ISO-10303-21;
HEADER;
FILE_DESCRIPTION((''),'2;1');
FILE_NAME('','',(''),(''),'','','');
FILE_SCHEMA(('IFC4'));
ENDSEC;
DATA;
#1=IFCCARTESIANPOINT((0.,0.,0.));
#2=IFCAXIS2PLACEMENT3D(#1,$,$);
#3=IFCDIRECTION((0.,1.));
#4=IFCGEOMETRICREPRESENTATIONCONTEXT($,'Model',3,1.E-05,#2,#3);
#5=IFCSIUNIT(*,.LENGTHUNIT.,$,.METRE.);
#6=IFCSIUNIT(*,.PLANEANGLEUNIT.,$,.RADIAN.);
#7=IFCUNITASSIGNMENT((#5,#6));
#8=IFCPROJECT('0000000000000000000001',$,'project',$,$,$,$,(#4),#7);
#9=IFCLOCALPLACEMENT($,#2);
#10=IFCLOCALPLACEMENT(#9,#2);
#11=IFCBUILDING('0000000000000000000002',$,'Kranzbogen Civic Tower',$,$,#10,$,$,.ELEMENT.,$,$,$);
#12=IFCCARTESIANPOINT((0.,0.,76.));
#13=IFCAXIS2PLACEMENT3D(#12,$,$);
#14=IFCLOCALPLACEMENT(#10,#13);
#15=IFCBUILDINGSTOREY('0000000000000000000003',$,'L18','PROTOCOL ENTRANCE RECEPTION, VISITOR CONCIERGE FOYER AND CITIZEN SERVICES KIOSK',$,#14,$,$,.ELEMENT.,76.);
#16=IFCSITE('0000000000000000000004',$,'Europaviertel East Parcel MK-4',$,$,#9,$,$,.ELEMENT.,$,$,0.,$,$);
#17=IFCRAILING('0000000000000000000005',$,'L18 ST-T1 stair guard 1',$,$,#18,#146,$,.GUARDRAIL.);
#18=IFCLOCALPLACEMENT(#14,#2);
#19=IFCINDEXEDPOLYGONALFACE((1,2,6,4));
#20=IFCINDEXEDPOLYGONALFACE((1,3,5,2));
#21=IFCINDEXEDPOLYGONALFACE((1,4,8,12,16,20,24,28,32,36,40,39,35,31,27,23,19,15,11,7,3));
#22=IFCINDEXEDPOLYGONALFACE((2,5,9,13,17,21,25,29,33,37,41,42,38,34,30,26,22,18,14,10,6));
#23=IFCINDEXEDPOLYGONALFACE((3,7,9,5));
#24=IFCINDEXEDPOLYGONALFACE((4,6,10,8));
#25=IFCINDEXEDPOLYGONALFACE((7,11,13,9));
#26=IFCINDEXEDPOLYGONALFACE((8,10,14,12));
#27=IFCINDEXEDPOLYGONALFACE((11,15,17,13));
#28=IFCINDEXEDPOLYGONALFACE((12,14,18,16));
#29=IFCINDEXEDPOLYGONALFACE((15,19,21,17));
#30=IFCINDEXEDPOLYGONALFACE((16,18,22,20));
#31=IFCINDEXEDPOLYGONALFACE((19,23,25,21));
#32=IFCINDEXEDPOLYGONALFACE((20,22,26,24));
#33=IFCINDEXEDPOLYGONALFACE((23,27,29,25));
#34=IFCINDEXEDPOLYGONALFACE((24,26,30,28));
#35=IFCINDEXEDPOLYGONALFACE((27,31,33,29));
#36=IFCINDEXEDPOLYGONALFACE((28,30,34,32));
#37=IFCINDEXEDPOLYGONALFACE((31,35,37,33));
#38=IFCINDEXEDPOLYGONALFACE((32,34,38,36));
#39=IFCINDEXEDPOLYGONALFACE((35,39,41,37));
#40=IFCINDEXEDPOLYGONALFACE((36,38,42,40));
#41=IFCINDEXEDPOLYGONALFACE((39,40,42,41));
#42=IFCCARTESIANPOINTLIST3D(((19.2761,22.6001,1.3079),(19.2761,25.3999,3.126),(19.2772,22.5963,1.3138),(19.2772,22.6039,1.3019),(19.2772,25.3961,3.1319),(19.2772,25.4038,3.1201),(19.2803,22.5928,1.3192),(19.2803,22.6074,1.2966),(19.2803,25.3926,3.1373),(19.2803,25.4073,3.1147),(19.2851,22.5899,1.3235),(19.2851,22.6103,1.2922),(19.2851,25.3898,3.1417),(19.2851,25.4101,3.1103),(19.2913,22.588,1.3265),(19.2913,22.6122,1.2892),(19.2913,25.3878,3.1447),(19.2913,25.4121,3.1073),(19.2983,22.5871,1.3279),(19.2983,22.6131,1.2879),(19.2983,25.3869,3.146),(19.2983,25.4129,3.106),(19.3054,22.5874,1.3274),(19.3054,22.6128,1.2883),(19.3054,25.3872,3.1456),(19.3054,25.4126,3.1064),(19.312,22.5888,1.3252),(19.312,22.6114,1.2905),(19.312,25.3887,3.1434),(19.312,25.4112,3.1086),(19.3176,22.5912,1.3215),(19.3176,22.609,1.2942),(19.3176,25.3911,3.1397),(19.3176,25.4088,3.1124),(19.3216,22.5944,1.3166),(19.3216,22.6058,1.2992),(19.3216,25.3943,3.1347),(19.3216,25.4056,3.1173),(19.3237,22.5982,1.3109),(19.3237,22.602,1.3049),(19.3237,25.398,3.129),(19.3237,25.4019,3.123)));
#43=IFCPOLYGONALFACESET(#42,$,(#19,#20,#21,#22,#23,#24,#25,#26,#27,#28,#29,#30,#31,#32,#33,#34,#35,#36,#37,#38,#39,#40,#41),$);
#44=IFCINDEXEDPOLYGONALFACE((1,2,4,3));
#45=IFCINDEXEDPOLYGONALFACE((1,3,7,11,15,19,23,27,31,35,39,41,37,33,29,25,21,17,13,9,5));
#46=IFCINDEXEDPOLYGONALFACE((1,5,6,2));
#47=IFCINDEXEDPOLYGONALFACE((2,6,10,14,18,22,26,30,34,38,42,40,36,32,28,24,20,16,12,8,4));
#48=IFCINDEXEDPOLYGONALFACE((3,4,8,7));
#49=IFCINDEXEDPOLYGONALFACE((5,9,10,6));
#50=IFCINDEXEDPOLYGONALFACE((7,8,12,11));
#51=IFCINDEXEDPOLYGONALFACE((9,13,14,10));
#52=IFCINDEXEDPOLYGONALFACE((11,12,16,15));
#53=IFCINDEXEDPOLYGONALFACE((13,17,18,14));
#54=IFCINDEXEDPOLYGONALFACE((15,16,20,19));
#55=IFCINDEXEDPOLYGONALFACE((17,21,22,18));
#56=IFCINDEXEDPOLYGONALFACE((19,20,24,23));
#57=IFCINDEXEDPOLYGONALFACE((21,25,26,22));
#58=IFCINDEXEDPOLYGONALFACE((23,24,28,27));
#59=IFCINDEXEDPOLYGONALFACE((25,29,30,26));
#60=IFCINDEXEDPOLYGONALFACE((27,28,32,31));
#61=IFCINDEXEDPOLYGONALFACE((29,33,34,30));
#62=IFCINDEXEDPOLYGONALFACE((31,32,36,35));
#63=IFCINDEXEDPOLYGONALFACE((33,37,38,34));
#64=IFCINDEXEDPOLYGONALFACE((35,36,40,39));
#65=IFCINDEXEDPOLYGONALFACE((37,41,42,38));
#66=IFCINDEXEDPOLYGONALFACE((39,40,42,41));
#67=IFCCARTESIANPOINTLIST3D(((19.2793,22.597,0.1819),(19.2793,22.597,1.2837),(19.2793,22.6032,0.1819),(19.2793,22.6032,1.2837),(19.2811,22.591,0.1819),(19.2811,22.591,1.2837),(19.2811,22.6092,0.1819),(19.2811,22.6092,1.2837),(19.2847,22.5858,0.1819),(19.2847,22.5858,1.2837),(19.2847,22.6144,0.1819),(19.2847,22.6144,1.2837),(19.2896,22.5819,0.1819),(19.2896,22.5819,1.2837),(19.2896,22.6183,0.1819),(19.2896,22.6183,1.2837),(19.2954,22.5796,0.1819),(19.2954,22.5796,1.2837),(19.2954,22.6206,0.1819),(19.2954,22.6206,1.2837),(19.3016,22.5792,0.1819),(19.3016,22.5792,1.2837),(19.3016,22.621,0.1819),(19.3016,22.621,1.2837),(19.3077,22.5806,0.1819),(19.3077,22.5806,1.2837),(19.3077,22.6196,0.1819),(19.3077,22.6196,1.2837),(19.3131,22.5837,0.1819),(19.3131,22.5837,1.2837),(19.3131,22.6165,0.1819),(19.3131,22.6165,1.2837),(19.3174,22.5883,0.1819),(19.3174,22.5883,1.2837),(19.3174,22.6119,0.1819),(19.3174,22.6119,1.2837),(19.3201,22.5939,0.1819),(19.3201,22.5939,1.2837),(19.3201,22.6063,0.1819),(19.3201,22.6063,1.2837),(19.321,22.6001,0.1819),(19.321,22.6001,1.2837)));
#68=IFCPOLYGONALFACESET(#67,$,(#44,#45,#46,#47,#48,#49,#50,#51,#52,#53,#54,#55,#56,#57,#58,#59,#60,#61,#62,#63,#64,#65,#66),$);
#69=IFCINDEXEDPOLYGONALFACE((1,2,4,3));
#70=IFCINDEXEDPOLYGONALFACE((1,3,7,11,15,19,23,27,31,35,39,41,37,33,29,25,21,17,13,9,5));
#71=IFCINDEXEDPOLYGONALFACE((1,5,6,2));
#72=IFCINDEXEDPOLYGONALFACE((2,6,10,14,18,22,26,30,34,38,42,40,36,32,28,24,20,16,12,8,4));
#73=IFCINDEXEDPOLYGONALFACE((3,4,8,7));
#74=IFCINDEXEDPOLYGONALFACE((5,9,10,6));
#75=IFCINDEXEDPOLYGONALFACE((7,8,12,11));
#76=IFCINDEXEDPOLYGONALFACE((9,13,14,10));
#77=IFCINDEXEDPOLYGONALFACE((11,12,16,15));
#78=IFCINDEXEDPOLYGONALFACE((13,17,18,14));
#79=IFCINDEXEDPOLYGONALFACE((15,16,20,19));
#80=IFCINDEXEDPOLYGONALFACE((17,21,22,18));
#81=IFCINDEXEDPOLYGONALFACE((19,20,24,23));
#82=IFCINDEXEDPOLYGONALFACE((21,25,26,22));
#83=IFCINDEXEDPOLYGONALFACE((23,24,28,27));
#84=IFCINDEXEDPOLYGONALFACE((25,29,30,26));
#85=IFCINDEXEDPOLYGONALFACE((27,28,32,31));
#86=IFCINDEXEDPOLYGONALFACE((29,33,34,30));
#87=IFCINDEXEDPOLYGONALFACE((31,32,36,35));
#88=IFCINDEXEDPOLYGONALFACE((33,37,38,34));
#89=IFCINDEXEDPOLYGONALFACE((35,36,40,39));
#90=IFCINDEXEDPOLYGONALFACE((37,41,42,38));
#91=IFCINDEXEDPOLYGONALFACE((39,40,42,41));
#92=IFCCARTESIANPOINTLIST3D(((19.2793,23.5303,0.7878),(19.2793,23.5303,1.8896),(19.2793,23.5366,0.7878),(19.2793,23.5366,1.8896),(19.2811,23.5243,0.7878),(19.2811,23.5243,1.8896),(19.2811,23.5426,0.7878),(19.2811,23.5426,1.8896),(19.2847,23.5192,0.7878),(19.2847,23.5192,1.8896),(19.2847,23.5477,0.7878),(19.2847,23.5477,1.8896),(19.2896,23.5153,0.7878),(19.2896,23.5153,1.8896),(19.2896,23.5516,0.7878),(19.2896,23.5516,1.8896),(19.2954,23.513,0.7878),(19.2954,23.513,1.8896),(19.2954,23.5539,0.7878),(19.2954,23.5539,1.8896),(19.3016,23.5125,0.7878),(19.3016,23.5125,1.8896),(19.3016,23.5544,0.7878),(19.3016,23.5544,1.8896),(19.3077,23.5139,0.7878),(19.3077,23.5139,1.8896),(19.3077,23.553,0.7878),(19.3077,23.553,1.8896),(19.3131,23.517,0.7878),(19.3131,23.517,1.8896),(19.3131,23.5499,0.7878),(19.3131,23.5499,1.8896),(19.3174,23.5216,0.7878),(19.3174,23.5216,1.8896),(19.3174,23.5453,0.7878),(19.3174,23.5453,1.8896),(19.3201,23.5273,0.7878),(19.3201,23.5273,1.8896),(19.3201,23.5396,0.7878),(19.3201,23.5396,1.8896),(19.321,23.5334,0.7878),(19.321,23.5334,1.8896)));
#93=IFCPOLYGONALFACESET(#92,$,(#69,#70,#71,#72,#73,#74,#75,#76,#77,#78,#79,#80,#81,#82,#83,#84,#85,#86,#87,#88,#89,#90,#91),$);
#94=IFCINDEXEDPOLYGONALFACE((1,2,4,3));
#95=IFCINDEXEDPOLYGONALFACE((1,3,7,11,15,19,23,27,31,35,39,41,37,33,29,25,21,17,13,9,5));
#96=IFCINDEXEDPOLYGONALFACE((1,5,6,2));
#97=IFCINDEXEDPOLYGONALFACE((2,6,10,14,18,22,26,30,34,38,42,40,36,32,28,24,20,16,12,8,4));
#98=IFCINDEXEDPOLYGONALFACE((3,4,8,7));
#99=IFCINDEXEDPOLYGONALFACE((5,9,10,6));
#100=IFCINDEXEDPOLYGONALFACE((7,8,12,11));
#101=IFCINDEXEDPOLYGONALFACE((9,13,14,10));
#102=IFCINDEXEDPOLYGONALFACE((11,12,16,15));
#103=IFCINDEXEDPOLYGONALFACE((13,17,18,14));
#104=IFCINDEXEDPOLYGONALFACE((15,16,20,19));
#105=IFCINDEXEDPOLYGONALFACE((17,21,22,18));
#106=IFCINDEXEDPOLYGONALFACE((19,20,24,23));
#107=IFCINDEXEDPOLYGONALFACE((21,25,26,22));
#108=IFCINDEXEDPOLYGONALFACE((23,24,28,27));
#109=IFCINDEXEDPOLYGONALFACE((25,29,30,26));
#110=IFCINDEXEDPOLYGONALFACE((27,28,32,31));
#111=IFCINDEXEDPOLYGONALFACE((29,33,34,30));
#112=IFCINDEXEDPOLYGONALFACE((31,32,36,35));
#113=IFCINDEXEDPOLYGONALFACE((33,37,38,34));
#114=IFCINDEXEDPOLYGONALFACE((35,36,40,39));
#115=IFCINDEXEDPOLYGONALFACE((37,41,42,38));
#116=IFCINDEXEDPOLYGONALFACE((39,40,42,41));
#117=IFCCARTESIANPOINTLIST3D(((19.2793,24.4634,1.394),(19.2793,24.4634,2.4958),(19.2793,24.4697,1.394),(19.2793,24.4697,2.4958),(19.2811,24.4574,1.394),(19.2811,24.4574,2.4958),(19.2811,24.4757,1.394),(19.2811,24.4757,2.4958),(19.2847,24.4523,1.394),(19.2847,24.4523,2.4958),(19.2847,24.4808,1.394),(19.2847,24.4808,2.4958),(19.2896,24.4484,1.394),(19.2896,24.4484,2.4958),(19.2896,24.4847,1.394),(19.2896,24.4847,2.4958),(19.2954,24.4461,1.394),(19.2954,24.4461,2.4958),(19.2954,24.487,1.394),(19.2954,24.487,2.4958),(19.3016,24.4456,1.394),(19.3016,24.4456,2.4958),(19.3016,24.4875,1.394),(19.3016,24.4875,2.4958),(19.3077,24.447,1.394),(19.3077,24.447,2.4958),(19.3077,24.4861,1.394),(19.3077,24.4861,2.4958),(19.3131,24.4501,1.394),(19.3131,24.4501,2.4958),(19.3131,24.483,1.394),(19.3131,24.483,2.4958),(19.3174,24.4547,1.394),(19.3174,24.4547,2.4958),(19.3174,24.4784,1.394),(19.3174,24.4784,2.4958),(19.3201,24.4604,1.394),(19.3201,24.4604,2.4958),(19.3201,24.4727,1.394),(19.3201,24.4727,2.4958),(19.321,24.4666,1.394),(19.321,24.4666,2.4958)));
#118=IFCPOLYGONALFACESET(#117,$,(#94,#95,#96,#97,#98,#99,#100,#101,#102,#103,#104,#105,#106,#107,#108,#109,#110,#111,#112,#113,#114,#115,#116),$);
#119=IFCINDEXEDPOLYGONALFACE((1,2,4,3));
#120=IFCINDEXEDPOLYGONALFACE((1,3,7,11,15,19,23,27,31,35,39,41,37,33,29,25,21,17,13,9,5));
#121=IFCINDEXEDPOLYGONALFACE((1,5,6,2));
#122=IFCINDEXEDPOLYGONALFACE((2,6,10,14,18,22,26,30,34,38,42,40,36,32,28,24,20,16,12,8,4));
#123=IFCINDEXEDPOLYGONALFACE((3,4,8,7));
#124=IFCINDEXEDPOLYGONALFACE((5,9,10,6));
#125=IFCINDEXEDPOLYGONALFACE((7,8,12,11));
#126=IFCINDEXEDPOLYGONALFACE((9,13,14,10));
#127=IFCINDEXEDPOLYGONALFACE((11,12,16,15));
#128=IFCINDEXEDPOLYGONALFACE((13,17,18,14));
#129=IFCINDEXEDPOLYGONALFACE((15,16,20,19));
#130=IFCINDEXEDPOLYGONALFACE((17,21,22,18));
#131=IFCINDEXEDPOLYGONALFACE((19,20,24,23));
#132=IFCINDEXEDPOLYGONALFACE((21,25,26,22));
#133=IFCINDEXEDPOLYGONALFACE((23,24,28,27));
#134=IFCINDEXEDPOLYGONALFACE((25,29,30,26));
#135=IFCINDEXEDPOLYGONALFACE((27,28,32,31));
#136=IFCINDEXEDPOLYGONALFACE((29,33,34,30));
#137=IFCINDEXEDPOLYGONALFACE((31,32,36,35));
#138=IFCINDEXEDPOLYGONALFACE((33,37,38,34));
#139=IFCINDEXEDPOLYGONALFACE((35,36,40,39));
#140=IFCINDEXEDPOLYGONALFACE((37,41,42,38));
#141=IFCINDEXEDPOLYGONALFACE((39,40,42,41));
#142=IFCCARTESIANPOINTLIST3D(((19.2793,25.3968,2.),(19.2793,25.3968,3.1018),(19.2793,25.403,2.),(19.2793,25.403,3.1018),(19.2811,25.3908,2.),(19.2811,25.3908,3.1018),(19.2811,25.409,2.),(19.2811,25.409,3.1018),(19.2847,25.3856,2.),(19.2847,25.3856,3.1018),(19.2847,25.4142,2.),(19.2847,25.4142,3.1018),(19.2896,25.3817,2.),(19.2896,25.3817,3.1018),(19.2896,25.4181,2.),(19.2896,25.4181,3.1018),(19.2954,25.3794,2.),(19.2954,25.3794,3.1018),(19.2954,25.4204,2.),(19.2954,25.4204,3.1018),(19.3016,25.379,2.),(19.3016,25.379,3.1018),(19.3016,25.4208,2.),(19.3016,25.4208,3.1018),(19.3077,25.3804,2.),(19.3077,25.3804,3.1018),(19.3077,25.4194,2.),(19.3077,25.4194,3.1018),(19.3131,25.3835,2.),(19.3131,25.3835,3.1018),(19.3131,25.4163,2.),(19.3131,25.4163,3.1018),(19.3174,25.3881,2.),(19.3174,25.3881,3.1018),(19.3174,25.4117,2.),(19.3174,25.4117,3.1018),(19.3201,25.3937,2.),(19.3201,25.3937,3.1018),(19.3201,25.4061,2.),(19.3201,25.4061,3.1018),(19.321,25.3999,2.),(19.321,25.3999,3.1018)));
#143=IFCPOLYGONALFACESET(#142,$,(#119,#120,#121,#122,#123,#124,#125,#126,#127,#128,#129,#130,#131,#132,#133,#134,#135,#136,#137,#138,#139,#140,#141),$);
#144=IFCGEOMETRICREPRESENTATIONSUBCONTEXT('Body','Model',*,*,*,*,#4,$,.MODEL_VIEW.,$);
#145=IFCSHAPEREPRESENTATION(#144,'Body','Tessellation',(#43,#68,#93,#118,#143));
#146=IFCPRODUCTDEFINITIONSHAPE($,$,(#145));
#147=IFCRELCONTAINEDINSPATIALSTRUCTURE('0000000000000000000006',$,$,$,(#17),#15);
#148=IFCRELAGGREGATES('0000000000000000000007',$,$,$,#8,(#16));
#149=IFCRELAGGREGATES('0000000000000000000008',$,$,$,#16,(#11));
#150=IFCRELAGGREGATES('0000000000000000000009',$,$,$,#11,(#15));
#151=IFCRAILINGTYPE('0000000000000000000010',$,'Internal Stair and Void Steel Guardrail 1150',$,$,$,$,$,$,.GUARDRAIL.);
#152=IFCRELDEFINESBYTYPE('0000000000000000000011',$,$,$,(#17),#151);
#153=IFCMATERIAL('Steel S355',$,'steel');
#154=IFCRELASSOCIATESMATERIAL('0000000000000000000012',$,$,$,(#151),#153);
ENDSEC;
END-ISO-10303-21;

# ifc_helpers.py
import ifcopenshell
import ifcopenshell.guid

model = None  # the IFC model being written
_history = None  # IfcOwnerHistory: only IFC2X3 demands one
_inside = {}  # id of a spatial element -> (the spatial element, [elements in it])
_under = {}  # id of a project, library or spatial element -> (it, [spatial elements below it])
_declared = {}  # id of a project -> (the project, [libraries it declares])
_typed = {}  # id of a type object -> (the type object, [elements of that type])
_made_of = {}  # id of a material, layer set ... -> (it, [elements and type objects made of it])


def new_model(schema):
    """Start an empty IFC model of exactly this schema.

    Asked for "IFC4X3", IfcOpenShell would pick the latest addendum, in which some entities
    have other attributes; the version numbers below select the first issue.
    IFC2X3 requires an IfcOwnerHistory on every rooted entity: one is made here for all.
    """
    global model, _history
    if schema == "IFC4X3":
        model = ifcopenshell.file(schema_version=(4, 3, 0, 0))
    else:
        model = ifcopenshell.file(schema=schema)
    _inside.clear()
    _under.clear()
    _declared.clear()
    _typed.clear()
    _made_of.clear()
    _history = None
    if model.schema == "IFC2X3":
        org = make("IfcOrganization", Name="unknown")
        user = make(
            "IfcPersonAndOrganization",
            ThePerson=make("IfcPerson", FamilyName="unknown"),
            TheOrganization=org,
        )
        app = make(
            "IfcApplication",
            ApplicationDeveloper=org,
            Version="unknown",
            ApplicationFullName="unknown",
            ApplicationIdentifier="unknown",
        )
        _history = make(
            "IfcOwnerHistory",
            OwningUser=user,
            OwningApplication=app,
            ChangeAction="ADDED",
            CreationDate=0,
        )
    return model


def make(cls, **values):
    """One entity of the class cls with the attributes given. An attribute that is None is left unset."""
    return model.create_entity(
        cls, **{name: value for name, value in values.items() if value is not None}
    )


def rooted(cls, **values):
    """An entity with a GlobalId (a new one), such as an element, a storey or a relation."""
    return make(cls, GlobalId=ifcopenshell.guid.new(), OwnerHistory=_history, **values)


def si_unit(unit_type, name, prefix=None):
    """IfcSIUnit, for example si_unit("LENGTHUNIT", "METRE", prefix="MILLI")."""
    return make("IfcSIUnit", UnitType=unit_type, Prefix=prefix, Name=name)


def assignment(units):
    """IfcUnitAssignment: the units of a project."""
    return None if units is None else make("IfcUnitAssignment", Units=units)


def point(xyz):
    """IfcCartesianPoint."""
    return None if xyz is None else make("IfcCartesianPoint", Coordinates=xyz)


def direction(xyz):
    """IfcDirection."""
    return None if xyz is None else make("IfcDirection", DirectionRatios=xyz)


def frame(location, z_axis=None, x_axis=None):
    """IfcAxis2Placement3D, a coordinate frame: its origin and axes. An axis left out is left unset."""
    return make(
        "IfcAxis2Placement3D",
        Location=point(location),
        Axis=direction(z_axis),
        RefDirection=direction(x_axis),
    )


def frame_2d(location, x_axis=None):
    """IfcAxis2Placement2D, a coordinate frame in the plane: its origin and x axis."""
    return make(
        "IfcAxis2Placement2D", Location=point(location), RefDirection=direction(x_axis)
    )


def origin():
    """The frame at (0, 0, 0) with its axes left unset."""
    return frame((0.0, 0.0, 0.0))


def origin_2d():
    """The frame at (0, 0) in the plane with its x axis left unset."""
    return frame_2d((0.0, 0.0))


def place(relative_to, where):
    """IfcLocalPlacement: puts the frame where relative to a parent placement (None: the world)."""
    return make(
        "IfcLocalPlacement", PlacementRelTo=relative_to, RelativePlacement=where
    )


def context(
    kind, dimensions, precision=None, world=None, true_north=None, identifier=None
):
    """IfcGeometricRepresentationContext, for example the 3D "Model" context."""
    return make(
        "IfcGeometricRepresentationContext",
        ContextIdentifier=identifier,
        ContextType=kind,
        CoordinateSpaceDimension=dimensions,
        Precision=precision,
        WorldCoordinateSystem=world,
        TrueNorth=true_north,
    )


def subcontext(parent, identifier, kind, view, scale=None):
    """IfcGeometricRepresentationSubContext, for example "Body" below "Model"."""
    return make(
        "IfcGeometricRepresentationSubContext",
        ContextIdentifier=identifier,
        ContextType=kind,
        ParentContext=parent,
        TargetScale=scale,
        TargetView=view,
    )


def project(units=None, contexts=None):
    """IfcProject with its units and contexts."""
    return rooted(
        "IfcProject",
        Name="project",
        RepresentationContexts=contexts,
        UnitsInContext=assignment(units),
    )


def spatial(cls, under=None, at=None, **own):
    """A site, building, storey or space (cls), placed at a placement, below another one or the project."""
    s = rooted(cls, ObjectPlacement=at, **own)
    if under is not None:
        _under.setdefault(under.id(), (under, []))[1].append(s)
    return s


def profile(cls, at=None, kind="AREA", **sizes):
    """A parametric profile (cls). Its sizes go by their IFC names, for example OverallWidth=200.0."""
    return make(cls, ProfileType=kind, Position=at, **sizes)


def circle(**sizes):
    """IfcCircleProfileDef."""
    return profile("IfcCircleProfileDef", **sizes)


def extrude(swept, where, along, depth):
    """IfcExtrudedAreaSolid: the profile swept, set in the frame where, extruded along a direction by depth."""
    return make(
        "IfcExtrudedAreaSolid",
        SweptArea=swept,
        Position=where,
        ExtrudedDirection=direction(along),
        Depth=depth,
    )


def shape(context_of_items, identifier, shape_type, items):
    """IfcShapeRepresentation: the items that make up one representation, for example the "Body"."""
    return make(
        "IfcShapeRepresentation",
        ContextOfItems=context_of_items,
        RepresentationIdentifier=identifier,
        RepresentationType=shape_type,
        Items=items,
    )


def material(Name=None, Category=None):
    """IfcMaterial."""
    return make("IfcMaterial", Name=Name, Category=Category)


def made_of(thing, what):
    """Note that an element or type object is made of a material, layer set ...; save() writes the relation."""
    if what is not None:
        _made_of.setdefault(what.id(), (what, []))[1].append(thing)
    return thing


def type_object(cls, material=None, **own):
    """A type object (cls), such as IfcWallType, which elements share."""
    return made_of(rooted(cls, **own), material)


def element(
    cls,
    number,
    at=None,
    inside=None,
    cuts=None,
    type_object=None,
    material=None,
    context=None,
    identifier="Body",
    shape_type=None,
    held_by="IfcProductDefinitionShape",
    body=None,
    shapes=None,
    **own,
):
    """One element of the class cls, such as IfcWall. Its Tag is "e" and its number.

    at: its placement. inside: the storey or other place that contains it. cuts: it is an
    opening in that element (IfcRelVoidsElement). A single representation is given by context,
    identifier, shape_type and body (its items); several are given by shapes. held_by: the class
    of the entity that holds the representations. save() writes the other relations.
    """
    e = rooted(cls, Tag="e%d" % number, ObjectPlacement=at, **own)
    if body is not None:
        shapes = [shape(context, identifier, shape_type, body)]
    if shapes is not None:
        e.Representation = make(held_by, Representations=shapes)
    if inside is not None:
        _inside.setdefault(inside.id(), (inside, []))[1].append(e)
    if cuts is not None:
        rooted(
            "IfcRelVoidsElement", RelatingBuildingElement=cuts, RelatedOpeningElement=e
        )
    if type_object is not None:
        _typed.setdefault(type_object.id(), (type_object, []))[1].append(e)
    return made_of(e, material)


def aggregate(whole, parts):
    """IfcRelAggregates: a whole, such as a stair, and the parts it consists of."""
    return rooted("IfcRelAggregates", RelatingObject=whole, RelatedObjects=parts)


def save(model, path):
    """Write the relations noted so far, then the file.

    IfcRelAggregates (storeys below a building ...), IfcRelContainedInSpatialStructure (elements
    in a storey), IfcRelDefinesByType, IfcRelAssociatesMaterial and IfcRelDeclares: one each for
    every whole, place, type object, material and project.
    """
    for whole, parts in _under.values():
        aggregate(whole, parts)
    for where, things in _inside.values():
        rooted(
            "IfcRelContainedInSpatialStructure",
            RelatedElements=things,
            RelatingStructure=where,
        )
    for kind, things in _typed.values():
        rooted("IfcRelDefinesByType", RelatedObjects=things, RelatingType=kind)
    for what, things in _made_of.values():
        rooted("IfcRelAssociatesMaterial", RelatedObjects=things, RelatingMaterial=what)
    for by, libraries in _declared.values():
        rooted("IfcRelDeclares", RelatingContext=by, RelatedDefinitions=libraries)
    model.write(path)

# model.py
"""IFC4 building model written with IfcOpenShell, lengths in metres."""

from ifc_helpers import new_model, si_unit, direction, frame, origin, origin_2d, place, context, subcontext, project, spatial, circle, extrude, material, type_object, element, save


model = new_model("IFC4")

# Units and contexts
model_context = context("Model", 3, precision=1e-05, world=origin(), true_north=direction((0.0, 1.0)))
body_context = subcontext(model_context, "Body", "Model", "MODEL_VIEW")
ifc_project = project(units=[si_unit("LENGTHUNIT", "METRE"), si_unit("PLANEANGLEUNIT", "RADIAN")], contexts=[model_context])

# Site, building, storey
site_placement = place(None, origin())
site = spatial("IfcSite", under=ifc_project, at=site_placement, Name="Europaviertel East Parcel MK-4", CompositionType="ELEMENT", RefElevation=0.0)
building_placement = place(site_placement, origin())
building = spatial("IfcBuilding", under=site, at=building_placement, Name="Kranzbogen Civic Tower", CompositionType="ELEMENT")
storey_placement = place(building_placement, frame((0.0, 0.0, 76.0)))
storey = spatial("IfcBuildingStorey", under=building, at=storey_placement, Name="L18", Description="PROTOCOL ENTRANCE RECEPTION, VISITOR CONCIERGE FOYER AND CITIZEN SERVICES KIOSK", CompositionType="ELEMENT", Elevation=76.0)

# Shared definitions
ifc_material_1 = material(Name="Steel S355", Category="steel")

# Railing
railing_type_1 = type_object("IfcRailingType", Name="Internal Stair and Void Steel Guardrail 1150", PredefinedType="GUARDRAIL", material=ifc_material_1)
railing_1_placement = place(storey_placement, frame((19.3, 22.6001, 0.1819)))
element("IfcRailing", 1, at=railing_1_placement, inside=storey, type_object=railing_type_1, Name="L18 ST-T1 stair guard 1", PredefinedType="GUARDRAIL", context=body_context, shape_type="SweptSolid", body=[
    extrude(circle(Radius=0.0239, at=origin_2d()), frame((0.0, 0.0, 1.126), z_axis=(0.0, 0.838684, 0.544618), x_axis=(-1.0, 0.0, 0.0)), (0.0, 0.0, 1.0), 3.3384),
    extrude(circle(Radius=0.021, at=origin_2d()), origin(), (0.0, 0.0, 1.0), 1.1018),
    extrude(circle(Radius=0.021, at=origin_2d()), frame((0.0, 0.9333, 0.606)), (0.0, 0.0, 1.0), 1.1018),
    extrude(circle(Radius=0.021, at=origin_2d()), frame((0.0, 1.8665, 1.2122)), (0.0, 0.0, 1.0), 1.1018),
    extrude(circle(Radius=0.021, at=origin_2d()), frame((0.0, 2.7998, 1.8181)), (0.0, 0.0, 1.0), 1.1018),
])

save(model, "model.ifc")
